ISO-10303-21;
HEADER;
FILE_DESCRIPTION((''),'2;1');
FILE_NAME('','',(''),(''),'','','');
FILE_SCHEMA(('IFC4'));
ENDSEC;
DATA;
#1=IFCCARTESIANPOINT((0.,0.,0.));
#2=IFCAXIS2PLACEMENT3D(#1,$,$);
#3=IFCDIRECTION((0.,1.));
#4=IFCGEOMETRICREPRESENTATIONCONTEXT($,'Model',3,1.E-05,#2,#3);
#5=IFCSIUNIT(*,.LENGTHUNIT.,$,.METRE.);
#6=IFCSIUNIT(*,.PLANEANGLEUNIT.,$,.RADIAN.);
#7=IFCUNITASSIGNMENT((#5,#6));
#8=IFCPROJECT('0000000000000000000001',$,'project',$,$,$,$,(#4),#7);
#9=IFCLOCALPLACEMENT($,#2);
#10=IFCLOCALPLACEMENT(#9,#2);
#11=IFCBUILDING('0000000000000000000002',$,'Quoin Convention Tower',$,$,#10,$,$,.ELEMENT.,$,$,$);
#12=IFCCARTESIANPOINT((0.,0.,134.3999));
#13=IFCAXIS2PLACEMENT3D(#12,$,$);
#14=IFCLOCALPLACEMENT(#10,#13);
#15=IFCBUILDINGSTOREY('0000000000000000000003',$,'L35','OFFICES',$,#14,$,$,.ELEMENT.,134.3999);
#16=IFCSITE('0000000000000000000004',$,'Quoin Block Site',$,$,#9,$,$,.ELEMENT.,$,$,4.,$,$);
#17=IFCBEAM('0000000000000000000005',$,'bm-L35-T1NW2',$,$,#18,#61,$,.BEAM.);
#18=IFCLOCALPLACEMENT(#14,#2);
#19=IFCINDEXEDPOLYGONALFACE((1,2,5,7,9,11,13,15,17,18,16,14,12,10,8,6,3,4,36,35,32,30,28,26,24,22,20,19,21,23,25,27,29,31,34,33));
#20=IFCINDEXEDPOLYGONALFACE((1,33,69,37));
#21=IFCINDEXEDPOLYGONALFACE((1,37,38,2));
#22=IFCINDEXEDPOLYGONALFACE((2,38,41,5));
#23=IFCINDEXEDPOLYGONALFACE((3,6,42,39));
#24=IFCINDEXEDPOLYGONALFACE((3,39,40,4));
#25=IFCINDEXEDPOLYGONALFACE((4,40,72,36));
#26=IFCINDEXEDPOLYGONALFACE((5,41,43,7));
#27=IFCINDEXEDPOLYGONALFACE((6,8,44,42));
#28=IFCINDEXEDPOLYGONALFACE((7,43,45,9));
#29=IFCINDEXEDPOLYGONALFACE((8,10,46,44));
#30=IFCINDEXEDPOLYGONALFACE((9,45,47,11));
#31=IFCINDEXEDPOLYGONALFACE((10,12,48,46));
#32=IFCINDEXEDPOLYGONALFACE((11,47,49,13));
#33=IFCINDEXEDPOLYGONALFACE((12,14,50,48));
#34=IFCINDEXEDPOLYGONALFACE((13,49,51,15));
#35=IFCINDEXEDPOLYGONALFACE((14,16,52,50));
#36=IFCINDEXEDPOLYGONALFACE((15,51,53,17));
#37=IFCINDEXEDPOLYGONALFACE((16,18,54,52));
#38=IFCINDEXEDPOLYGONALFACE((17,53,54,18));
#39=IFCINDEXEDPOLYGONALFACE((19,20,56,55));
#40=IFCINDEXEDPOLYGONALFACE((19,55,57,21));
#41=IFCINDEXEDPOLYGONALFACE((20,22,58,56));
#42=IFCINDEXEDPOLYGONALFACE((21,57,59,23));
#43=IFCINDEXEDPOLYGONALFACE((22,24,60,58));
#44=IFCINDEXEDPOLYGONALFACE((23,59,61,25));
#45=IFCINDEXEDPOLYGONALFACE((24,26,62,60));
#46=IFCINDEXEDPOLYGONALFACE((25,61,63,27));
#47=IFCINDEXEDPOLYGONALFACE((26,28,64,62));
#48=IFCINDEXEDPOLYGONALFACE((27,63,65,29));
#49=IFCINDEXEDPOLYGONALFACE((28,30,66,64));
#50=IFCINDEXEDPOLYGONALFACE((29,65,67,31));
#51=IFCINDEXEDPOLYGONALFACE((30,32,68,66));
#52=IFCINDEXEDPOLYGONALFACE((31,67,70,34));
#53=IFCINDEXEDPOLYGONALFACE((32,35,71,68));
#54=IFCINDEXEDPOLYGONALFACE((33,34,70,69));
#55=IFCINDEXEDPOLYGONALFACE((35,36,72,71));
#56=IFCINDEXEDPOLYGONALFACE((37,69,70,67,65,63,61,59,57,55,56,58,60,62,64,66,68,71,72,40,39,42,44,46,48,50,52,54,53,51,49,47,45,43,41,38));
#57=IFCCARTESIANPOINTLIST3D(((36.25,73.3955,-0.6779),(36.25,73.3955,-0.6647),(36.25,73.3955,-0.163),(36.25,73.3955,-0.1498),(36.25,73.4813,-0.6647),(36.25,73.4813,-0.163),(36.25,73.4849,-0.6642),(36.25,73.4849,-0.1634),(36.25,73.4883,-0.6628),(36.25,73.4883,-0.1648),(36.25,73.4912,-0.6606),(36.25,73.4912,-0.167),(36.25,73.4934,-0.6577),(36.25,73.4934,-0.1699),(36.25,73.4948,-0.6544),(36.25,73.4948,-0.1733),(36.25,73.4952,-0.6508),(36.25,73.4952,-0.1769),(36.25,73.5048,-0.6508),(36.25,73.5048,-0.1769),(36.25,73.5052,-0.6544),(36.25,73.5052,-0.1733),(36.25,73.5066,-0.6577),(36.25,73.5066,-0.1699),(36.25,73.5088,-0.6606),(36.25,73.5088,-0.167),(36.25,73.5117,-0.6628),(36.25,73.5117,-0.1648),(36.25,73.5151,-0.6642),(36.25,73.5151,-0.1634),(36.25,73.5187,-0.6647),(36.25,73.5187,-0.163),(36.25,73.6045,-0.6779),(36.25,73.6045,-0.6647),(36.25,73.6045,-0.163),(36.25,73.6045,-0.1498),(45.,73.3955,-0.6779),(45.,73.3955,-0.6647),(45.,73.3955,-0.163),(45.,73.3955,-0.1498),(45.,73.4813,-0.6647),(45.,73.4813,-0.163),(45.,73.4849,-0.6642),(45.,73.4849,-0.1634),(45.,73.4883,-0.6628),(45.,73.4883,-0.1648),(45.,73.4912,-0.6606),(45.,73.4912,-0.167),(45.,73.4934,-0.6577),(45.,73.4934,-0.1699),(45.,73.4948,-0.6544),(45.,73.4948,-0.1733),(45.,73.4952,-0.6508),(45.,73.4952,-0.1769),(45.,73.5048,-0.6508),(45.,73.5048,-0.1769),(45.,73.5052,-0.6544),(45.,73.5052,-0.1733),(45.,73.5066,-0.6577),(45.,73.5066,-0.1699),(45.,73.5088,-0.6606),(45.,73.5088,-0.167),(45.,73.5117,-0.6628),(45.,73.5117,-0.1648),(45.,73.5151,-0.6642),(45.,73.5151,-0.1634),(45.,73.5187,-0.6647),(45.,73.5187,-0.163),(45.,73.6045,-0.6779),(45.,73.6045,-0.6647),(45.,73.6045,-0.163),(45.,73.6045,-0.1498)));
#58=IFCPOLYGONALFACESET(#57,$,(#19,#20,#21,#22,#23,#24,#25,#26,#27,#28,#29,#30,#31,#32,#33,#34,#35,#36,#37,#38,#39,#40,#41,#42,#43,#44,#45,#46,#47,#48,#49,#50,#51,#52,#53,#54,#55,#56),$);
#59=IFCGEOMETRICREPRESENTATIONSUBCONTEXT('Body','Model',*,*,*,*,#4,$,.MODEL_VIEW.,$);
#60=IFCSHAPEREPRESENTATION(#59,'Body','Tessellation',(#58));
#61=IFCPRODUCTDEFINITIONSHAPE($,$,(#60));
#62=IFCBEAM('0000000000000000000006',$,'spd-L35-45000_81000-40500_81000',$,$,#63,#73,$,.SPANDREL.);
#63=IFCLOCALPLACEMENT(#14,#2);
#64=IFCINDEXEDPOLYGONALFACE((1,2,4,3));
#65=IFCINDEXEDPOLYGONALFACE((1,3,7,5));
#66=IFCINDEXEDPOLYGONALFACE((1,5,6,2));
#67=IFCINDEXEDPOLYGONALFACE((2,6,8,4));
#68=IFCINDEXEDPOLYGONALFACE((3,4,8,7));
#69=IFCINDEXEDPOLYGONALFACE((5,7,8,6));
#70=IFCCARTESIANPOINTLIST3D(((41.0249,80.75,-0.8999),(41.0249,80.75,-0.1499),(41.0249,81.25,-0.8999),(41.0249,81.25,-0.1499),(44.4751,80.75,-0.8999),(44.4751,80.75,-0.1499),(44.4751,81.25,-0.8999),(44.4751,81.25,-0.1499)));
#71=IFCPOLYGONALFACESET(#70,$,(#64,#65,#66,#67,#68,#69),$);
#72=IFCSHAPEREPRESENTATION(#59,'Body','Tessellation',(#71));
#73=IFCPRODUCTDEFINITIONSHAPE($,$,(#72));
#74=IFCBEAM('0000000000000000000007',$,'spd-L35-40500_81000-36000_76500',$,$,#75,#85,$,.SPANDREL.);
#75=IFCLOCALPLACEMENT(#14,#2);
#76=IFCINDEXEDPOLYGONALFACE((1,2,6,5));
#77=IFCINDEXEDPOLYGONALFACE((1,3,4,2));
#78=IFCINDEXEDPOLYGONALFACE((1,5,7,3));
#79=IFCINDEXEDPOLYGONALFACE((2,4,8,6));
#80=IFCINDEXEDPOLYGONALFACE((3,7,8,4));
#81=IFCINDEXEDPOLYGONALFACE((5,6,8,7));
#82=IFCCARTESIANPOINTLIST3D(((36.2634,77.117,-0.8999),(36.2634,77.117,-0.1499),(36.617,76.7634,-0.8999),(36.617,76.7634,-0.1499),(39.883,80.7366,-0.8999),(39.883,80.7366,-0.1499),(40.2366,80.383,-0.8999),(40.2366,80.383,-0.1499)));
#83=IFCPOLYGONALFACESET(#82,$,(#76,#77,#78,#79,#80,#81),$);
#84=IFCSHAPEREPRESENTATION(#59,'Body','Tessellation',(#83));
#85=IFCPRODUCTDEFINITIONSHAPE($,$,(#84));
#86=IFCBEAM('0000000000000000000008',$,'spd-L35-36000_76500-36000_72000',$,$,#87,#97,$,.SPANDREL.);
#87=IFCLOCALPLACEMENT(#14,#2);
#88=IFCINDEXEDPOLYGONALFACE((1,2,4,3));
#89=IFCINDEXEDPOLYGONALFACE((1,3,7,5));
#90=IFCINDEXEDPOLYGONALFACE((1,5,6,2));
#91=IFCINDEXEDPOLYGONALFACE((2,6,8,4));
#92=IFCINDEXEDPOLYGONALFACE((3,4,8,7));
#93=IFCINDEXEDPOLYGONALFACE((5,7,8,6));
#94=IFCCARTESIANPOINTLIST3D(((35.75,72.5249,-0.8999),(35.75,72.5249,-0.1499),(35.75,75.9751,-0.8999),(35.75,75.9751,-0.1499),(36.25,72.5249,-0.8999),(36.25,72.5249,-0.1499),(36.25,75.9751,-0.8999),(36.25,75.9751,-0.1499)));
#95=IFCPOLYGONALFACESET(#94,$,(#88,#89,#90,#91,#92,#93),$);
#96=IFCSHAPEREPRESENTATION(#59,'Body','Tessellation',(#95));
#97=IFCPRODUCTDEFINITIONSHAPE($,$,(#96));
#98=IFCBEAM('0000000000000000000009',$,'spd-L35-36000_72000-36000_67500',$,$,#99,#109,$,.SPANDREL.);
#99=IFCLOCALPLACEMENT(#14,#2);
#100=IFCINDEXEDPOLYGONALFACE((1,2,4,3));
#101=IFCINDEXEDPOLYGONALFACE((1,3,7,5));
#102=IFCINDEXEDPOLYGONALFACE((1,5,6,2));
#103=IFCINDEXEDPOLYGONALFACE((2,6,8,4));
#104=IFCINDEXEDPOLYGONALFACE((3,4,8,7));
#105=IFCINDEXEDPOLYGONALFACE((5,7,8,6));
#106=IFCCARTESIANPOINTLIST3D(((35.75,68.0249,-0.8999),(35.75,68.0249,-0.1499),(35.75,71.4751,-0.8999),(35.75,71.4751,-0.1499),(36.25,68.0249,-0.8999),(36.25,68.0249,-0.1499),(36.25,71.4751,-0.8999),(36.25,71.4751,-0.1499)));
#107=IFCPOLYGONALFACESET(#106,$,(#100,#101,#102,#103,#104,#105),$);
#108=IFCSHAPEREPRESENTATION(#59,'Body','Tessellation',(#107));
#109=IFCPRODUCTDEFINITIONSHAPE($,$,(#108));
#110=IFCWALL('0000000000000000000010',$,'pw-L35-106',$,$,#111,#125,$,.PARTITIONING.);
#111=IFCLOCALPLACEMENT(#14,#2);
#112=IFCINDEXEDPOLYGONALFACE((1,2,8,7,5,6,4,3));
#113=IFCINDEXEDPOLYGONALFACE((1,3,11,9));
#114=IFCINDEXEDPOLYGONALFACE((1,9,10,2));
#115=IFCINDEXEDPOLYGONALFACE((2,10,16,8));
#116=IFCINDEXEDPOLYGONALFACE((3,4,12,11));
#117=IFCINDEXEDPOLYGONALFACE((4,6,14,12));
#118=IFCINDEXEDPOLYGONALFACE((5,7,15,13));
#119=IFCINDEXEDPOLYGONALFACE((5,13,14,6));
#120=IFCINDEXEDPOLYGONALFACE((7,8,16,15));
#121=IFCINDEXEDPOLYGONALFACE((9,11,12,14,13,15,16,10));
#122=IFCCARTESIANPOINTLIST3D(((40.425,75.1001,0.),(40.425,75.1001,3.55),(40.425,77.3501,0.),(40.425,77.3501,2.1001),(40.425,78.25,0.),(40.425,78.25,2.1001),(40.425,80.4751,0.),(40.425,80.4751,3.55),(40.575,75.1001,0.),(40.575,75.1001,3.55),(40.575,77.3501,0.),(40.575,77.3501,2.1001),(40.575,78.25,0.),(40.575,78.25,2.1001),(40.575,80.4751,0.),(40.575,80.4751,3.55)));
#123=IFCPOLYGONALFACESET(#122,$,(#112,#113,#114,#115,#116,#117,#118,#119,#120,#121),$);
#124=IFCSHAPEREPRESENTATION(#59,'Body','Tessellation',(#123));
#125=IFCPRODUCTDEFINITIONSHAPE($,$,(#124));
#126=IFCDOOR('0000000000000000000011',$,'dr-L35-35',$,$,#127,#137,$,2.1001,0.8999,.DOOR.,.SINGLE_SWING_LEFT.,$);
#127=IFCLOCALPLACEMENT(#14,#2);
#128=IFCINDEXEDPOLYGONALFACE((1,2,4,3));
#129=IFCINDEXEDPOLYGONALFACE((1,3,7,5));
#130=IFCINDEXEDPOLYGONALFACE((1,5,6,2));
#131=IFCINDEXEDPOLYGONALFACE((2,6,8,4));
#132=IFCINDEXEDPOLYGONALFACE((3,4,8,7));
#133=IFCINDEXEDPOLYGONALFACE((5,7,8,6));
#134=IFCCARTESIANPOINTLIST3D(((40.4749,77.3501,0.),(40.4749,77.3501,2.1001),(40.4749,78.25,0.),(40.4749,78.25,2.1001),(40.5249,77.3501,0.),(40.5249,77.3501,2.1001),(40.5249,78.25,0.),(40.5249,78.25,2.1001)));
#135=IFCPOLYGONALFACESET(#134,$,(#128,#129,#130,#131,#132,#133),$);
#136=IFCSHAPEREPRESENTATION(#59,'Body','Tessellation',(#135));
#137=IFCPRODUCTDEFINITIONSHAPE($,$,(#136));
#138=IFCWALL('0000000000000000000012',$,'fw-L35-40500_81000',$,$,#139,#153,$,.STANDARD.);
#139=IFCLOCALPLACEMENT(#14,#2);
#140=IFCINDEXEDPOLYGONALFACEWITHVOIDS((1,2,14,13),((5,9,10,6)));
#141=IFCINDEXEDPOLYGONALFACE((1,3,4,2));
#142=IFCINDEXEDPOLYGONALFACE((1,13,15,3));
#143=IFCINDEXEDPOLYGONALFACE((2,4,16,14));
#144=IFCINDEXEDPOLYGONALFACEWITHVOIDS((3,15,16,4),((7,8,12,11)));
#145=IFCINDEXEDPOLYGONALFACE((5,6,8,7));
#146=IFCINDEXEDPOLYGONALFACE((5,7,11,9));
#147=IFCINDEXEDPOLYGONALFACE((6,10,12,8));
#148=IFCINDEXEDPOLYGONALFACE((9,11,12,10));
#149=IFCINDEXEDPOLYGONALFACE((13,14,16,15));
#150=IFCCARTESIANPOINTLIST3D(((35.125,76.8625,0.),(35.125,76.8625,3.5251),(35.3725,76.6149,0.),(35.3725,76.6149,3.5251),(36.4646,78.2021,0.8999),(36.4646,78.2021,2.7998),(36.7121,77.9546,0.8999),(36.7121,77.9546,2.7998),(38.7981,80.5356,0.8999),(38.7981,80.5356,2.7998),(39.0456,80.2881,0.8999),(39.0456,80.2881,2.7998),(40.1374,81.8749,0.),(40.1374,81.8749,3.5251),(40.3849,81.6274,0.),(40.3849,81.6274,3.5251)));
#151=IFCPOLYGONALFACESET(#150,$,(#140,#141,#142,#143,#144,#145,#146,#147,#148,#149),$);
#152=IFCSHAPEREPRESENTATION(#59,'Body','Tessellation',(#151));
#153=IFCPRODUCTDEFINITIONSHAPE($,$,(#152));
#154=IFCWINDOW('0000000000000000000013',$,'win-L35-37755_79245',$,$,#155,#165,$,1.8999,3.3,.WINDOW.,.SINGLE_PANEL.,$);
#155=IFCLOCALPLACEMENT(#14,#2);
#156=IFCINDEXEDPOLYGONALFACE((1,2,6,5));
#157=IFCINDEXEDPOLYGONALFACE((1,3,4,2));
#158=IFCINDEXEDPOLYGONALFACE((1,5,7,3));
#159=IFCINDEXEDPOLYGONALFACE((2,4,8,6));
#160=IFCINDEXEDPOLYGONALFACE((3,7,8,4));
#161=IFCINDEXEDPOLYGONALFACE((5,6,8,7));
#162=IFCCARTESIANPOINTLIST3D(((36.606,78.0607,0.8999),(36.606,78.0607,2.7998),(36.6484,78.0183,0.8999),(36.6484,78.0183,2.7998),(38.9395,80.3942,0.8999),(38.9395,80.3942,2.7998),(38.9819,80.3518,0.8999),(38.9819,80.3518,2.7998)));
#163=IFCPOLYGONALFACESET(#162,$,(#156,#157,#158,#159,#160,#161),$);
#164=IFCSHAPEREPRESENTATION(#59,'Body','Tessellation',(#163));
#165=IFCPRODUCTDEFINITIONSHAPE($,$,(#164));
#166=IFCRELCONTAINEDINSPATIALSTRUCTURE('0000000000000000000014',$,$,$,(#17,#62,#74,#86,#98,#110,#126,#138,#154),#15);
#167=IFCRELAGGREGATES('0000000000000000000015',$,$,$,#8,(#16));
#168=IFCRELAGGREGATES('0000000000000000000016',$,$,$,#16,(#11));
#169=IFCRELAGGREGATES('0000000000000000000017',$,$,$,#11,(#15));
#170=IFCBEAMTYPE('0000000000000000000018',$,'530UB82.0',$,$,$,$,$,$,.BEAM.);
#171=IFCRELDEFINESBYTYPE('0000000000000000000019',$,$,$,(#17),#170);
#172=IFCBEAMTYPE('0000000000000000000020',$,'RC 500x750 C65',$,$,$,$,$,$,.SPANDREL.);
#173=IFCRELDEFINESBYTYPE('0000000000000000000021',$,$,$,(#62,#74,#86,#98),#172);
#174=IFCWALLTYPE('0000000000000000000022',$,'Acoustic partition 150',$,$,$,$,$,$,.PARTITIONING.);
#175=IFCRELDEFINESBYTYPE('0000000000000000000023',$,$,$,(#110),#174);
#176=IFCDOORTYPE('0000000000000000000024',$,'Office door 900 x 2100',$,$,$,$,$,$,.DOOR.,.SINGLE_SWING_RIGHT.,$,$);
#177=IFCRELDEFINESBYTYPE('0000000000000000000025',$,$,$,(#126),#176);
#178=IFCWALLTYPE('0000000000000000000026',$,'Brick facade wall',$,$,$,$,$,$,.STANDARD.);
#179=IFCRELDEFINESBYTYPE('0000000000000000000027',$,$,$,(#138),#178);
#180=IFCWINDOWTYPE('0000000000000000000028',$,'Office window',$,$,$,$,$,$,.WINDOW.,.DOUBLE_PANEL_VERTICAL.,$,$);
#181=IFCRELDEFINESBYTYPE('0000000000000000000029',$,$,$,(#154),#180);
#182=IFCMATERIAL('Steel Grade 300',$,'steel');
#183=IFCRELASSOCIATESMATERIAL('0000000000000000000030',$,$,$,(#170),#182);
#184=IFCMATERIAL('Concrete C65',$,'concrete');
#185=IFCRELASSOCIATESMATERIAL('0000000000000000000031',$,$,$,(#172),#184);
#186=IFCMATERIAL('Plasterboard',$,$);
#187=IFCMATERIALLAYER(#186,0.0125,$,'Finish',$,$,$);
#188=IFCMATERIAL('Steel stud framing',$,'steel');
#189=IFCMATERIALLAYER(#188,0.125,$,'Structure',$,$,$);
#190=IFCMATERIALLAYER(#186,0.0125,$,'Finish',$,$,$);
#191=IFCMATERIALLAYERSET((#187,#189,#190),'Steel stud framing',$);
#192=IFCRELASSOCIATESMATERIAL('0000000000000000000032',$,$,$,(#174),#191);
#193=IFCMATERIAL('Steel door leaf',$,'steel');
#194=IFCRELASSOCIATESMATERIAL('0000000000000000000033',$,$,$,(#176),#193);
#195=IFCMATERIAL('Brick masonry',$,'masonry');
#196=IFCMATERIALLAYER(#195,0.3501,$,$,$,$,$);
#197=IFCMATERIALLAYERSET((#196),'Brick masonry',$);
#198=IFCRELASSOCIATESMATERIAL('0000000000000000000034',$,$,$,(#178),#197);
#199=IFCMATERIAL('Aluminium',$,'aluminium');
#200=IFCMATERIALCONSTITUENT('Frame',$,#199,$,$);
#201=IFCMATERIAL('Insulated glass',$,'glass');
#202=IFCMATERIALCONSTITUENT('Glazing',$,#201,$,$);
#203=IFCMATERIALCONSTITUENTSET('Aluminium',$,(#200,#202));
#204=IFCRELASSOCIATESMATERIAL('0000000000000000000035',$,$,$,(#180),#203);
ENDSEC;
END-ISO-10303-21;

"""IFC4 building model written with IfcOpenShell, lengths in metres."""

from ifc_helpers import new_model, si_unit, direction, frame, frame_2d, origin, origin_2d, place, context, subcontext, project, spatial, rectangle, i_section, extrude, material, layer, layer_set, constituent, constituent_set, material_profile, profile_set, type_object, element, fill, save


model = new_model("IFC4")

# Units and contexts
model_context = context("Model", 3, precision=1e-05, world=origin(), true_north=direction((0.0, 1.0)))
body_context = subcontext(model_context, "Body", "Model", "MODEL_VIEW")
ifc_project = project(units=[si_unit("LENGTHUNIT", "METRE"), si_unit("PLANEANGLEUNIT", "RADIAN")], contexts=[model_context])

# Site, building, storey
site_placement = place(None, origin())
site = spatial("IfcSite", under=ifc_project, at=site_placement, Name="Quoin Block Site", CompositionType="ELEMENT", RefElevation=4.0)
building_placement = place(site_placement, origin())
building = spatial("IfcBuilding", under=site, at=building_placement, Name="Quoin Convention Tower", CompositionType="ELEMENT")
storey_placement = place(building_placement, frame((0.0, 0.0, 134.3999)))
storey = spatial("IfcBuildingStorey", under=building, at=storey_placement, Name="L35", Description="OFFICES", CompositionType="ELEMENT", Elevation=134.3999)

# Shared definitions
ifc_material_1 = material(Name="Concrete C65", Category="concrete")

# Beams
ifc_material_2 = material(Name="Steel Grade 300", Category="steel")
ifc_material_profile_1 = material_profile(ifc_material_2, i_section(OverallWidth=0.209, OverallDepth=0.5281, WebThickness=0.0095, FlangeThickness=0.0132, FilletRadius=0.0139, at=origin_2d()), Name="530UB82.0")
ifc_profile_set_1 = profile_set([ifc_material_profile_1], Name="Steel Grade 300")
beam_type_1 = type_object("IfcBeamType", Name="530UB82.0", PredefinedType="BEAM", material=ifc_profile_set_1)
beam_1_placement = place(storey_placement, frame((36.25, 73.5, -0.4138), z_axis=(1.0, 0.0, 0.0), x_axis=(0.0, 1.0, 0.0)))
element("IfcBeam", 1, at=beam_1_placement, inside=storey, type_object=beam_type_1, Name="bm-L35-T1NW2", PredefinedType="BEAM", context=body_context, shape_type="SweptSolid", body=[
    extrude(i_section(OverallWidth=0.209, OverallDepth=0.5281, WebThickness=0.0095, FlangeThickness=0.0132, FilletRadius=0.0139, at=origin_2d()), origin(), (0.0, 0.0, 1.0), 8.75),
])
ifc_material_profile_2 = material_profile(ifc_material_1, rectangle(XDim=0.5, YDim=0.75, at=origin_2d()), Name="RC 500x750")
ifc_profile_set_2 = profile_set([ifc_material_profile_2], Name="Concrete C65")
beam_type_2 = type_object("IfcBeamType", Name="RC 500x750 C65", PredefinedType="SPANDREL", material=ifc_profile_set_2)
beam_2_placement = place(storey_placement, frame((44.4751, 81.0, -0.5249), z_axis=(-1.0, 0.0, 0.0), x_axis=(0.0, -1.0, 0.0)))
element("IfcBeam", 2, at=beam_2_placement, inside=storey, type_object=beam_type_2, Name="spd-L35-45000_81000-40500_81000", PredefinedType="SPANDREL", context=body_context, shape_type="SweptSolid", body=[
    extrude(rectangle(XDim=0.5, YDim=0.75, at=origin_2d()), origin(), (0.0, 0.0, 1.0), 3.4502),
])
beam_3_placement = place(storey_placement, frame((40.0598, 80.5598, -0.5249), z_axis=(-0.707107, -0.707107, 0.0), x_axis=(0.707107, -0.707107, 0.0)))
element("IfcBeam", 3, at=beam_3_placement, inside=storey, type_object=beam_type_2, Name="spd-L35-40500_81000-36000_76500", PredefinedType="SPANDREL", context=body_context, shape_type="SweptSolid", body=[
    extrude(rectangle(XDim=0.5, YDim=0.75, at=origin_2d()), origin(), (0.0, 0.0, 1.0), 5.1189),
])
for number, where, z_axis, x_axis, name in (
    (4, (36.0, 75.9751, -0.5249), (0.0, -1.0, 0.0), (1.0, 0.0, 0.0), "spd-L35-36000_76500-36000_72000"),
    (5, (36.0, 71.4751, -0.5249), (0.0, -1.0, 0.0), (1.0, 0.0, 0.0), "spd-L35-36000_72000-36000_67500"),
):
    element("IfcBeam", number, at=place(storey_placement, frame(where, z_axis=z_axis, x_axis=x_axis)), inside=storey, type_object=beam_type_2, Name=name, PredefinedType="SPANDREL", context=body_context, shape_type="SweptSolid", body=[
        extrude(rectangle(XDim=0.5, YDim=0.75, at=origin_2d()), origin(), (0.0, 0.0, 1.0), 3.4502),
    ])

# Wall, opening, door
ifc_material_3 = material(Name="Plasterboard")
ifc_layer_1 = layer(ifc_material_3, 0.0125, Name="Finish")
ifc_material_4 = material(Name="Steel stud framing", Category="steel")
ifc_layer_2 = layer(ifc_material_4, 0.125, Name="Structure")
ifc_layer_3 = layer(ifc_material_3, 0.0125, Name="Finish")
ifc_layer_set_1 = layer_set([ifc_layer_1, ifc_layer_2, ifc_layer_3], Name="Steel stud framing")
wall_type_1 = type_object("IfcWallType", Name="Acoustic partition 150", PredefinedType="PARTITIONING", material=ifc_layer_set_1)
wall_1_placement = place(storey_placement, frame((40.5, 75.1001, 0.0), z_axis=(0.0, 0.0, 1.0), x_axis=(0.0, 1.0, 0.0)))
wall_1 = element("IfcWall", 6, at=wall_1_placement, inside=storey, type_object=wall_type_1, Name="pw-L35-106", PredefinedType="PARTITIONING", context=body_context, shape_type="SweptSolid", body=[
    extrude(rectangle(XDim=5.375, YDim=0.1499, at=frame_2d((2.6875, 0.0))), origin(), (0.0, 0.0, 1.0), 3.55),
])
opening_1_placement = place(wall_1_placement, frame((2.25, 0.0, 0.0)))
opening_1 = element("IfcOpeningElement", 7, at=opening_1_placement, cuts=wall_1, PredefinedType="OPENING", context=body_context, shape_type="SweptSolid", body=[
    extrude(rectangle(XDim=0.8999, YDim=2.1001, at=frame_2d((0.45, 1.05))), frame((0.0, 0.085, 0.0), z_axis=(0.0, -1.0, 0.0), x_axis=(1.0, 0.0, 0.0)), (0.0, 0.0, 1.0), 0.1699),
])
ifc_material_5 = material(Name="Steel door leaf", Category="steel")
door_type_1 = type_object("IfcDoorType", Name="Office door 900 x 2100", OperationType="SINGLE_SWING_RIGHT", PredefinedType="DOOR", material=ifc_material_5)
door_1_placement = place(opening_1_placement, frame((0.8999, 0.0, 0.0), z_axis=(0.0, 0.0, 1.0), x_axis=(-1.0, 0.0, 0.0)))
door_1 = element("IfcDoor", 8, at=door_1_placement, inside=storey, type_object=door_type_1, Name="dr-L35-35", OperationType="SINGLE_SWING_LEFT", OverallHeight=2.1001, OverallWidth=0.8999, PredefinedType="DOOR", context=body_context, shape_type="SweptSolid", body=[
    extrude(rectangle(XDim=0.8999, YDim=2.1001, at=frame_2d((0.45, 1.05))), frame((0.0, 0.0249, 0.0), z_axis=(0.0, -1.0, 0.0), x_axis=(1.0, 0.0, 0.0)), (0.0, 0.0, 1.0), 0.05),
])
fill(opening_1, door_1)

# Wall, opening, window
ifc_material_6 = material(Name="Brick masonry", Category="masonry")
ifc_layer_4 = layer(ifc_material_6, 0.3501)
ifc_layer_set_2 = layer_set([ifc_layer_4], Name="Brick masonry")
wall_type_2 = type_object("IfcWallType", Name="Brick facade wall", PredefinedType="STANDARD", material=ifc_layer_set_2)
wall_2_placement = place(storey_placement, frame((40.2612, 81.7512, 0.0), z_axis=(0.0, 0.0, 1.0), x_axis=(-0.707107, -0.707107, 0.0)))
wall_2 = element("IfcWall", 9, at=wall_2_placement, inside=storey, type_object=wall_type_2, Name="fw-L35-40500_81000", PredefinedType="STANDARD", context=body_context, shape_type="SweptSolid", body=[
    extrude(rectangle(XDim=7.0886, YDim=0.3501, at=frame_2d((3.5444, 0.0))), origin(), (0.0, 0.0, 1.0), 3.5251),
])
opening_2_placement = place(wall_2_placement, frame((1.8943, 0.0, 0.8999)))
opening_2 = element("IfcOpeningElement", 10, at=opening_2_placement, cuts=wall_2, PredefinedType="OPENING", context=body_context, shape_type="SweptSolid", body=[
    extrude(rectangle(XDim=3.3, YDim=1.8999, at=frame_2d((1.6499, 0.95))), frame((0.0, 0.1851, 0.0), z_axis=(0.0, -1.0, 0.0), x_axis=(1.0, 0.0, 0.0)), (0.0, 0.0, 1.0), 0.3701),
])
ifc_material_7 = material(Name="Aluminium", Category="aluminium")
ifc_constituent_1 = constituent(ifc_material_7, Name="Frame")
ifc_material_8 = material(Name="Insulated glass", Category="glass")
ifc_constituent_2 = constituent(ifc_material_8, Name="Glazing")
ifc_constituent_set = constituent_set(constituents=[ifc_constituent_1, ifc_constituent_2], Name="Aluminium")
window_type = type_object("IfcWindowType", Name="Office window", PartitioningType="DOUBLE_PANEL_VERTICAL", PredefinedType="WINDOW", material=ifc_constituent_set)
window_placement = place(opening_2_placement, origin())
window = element("IfcWindow", 11, at=window_placement, inside=storey, type_object=window_type, Name="win-L35-37755_79245", OverallHeight=1.8999, OverallWidth=3.3, PartitioningType="SINGLE_PANEL", PredefinedType="WINDOW", context=body_context, shape_type="SweptSolid", body=[
    extrude(rectangle(XDim=3.3, YDim=1.8999, at=frame_2d((1.6499, 0.95))), frame((0.0, 0.085, 0.0), z_axis=(0.0, -1.0, 0.0), x_axis=(1.0, 0.0, 0.0)), (0.0, 0.0, 1.0), 0.0601),
])
fill(opening_2, window)

save(model, "model.ifc")
